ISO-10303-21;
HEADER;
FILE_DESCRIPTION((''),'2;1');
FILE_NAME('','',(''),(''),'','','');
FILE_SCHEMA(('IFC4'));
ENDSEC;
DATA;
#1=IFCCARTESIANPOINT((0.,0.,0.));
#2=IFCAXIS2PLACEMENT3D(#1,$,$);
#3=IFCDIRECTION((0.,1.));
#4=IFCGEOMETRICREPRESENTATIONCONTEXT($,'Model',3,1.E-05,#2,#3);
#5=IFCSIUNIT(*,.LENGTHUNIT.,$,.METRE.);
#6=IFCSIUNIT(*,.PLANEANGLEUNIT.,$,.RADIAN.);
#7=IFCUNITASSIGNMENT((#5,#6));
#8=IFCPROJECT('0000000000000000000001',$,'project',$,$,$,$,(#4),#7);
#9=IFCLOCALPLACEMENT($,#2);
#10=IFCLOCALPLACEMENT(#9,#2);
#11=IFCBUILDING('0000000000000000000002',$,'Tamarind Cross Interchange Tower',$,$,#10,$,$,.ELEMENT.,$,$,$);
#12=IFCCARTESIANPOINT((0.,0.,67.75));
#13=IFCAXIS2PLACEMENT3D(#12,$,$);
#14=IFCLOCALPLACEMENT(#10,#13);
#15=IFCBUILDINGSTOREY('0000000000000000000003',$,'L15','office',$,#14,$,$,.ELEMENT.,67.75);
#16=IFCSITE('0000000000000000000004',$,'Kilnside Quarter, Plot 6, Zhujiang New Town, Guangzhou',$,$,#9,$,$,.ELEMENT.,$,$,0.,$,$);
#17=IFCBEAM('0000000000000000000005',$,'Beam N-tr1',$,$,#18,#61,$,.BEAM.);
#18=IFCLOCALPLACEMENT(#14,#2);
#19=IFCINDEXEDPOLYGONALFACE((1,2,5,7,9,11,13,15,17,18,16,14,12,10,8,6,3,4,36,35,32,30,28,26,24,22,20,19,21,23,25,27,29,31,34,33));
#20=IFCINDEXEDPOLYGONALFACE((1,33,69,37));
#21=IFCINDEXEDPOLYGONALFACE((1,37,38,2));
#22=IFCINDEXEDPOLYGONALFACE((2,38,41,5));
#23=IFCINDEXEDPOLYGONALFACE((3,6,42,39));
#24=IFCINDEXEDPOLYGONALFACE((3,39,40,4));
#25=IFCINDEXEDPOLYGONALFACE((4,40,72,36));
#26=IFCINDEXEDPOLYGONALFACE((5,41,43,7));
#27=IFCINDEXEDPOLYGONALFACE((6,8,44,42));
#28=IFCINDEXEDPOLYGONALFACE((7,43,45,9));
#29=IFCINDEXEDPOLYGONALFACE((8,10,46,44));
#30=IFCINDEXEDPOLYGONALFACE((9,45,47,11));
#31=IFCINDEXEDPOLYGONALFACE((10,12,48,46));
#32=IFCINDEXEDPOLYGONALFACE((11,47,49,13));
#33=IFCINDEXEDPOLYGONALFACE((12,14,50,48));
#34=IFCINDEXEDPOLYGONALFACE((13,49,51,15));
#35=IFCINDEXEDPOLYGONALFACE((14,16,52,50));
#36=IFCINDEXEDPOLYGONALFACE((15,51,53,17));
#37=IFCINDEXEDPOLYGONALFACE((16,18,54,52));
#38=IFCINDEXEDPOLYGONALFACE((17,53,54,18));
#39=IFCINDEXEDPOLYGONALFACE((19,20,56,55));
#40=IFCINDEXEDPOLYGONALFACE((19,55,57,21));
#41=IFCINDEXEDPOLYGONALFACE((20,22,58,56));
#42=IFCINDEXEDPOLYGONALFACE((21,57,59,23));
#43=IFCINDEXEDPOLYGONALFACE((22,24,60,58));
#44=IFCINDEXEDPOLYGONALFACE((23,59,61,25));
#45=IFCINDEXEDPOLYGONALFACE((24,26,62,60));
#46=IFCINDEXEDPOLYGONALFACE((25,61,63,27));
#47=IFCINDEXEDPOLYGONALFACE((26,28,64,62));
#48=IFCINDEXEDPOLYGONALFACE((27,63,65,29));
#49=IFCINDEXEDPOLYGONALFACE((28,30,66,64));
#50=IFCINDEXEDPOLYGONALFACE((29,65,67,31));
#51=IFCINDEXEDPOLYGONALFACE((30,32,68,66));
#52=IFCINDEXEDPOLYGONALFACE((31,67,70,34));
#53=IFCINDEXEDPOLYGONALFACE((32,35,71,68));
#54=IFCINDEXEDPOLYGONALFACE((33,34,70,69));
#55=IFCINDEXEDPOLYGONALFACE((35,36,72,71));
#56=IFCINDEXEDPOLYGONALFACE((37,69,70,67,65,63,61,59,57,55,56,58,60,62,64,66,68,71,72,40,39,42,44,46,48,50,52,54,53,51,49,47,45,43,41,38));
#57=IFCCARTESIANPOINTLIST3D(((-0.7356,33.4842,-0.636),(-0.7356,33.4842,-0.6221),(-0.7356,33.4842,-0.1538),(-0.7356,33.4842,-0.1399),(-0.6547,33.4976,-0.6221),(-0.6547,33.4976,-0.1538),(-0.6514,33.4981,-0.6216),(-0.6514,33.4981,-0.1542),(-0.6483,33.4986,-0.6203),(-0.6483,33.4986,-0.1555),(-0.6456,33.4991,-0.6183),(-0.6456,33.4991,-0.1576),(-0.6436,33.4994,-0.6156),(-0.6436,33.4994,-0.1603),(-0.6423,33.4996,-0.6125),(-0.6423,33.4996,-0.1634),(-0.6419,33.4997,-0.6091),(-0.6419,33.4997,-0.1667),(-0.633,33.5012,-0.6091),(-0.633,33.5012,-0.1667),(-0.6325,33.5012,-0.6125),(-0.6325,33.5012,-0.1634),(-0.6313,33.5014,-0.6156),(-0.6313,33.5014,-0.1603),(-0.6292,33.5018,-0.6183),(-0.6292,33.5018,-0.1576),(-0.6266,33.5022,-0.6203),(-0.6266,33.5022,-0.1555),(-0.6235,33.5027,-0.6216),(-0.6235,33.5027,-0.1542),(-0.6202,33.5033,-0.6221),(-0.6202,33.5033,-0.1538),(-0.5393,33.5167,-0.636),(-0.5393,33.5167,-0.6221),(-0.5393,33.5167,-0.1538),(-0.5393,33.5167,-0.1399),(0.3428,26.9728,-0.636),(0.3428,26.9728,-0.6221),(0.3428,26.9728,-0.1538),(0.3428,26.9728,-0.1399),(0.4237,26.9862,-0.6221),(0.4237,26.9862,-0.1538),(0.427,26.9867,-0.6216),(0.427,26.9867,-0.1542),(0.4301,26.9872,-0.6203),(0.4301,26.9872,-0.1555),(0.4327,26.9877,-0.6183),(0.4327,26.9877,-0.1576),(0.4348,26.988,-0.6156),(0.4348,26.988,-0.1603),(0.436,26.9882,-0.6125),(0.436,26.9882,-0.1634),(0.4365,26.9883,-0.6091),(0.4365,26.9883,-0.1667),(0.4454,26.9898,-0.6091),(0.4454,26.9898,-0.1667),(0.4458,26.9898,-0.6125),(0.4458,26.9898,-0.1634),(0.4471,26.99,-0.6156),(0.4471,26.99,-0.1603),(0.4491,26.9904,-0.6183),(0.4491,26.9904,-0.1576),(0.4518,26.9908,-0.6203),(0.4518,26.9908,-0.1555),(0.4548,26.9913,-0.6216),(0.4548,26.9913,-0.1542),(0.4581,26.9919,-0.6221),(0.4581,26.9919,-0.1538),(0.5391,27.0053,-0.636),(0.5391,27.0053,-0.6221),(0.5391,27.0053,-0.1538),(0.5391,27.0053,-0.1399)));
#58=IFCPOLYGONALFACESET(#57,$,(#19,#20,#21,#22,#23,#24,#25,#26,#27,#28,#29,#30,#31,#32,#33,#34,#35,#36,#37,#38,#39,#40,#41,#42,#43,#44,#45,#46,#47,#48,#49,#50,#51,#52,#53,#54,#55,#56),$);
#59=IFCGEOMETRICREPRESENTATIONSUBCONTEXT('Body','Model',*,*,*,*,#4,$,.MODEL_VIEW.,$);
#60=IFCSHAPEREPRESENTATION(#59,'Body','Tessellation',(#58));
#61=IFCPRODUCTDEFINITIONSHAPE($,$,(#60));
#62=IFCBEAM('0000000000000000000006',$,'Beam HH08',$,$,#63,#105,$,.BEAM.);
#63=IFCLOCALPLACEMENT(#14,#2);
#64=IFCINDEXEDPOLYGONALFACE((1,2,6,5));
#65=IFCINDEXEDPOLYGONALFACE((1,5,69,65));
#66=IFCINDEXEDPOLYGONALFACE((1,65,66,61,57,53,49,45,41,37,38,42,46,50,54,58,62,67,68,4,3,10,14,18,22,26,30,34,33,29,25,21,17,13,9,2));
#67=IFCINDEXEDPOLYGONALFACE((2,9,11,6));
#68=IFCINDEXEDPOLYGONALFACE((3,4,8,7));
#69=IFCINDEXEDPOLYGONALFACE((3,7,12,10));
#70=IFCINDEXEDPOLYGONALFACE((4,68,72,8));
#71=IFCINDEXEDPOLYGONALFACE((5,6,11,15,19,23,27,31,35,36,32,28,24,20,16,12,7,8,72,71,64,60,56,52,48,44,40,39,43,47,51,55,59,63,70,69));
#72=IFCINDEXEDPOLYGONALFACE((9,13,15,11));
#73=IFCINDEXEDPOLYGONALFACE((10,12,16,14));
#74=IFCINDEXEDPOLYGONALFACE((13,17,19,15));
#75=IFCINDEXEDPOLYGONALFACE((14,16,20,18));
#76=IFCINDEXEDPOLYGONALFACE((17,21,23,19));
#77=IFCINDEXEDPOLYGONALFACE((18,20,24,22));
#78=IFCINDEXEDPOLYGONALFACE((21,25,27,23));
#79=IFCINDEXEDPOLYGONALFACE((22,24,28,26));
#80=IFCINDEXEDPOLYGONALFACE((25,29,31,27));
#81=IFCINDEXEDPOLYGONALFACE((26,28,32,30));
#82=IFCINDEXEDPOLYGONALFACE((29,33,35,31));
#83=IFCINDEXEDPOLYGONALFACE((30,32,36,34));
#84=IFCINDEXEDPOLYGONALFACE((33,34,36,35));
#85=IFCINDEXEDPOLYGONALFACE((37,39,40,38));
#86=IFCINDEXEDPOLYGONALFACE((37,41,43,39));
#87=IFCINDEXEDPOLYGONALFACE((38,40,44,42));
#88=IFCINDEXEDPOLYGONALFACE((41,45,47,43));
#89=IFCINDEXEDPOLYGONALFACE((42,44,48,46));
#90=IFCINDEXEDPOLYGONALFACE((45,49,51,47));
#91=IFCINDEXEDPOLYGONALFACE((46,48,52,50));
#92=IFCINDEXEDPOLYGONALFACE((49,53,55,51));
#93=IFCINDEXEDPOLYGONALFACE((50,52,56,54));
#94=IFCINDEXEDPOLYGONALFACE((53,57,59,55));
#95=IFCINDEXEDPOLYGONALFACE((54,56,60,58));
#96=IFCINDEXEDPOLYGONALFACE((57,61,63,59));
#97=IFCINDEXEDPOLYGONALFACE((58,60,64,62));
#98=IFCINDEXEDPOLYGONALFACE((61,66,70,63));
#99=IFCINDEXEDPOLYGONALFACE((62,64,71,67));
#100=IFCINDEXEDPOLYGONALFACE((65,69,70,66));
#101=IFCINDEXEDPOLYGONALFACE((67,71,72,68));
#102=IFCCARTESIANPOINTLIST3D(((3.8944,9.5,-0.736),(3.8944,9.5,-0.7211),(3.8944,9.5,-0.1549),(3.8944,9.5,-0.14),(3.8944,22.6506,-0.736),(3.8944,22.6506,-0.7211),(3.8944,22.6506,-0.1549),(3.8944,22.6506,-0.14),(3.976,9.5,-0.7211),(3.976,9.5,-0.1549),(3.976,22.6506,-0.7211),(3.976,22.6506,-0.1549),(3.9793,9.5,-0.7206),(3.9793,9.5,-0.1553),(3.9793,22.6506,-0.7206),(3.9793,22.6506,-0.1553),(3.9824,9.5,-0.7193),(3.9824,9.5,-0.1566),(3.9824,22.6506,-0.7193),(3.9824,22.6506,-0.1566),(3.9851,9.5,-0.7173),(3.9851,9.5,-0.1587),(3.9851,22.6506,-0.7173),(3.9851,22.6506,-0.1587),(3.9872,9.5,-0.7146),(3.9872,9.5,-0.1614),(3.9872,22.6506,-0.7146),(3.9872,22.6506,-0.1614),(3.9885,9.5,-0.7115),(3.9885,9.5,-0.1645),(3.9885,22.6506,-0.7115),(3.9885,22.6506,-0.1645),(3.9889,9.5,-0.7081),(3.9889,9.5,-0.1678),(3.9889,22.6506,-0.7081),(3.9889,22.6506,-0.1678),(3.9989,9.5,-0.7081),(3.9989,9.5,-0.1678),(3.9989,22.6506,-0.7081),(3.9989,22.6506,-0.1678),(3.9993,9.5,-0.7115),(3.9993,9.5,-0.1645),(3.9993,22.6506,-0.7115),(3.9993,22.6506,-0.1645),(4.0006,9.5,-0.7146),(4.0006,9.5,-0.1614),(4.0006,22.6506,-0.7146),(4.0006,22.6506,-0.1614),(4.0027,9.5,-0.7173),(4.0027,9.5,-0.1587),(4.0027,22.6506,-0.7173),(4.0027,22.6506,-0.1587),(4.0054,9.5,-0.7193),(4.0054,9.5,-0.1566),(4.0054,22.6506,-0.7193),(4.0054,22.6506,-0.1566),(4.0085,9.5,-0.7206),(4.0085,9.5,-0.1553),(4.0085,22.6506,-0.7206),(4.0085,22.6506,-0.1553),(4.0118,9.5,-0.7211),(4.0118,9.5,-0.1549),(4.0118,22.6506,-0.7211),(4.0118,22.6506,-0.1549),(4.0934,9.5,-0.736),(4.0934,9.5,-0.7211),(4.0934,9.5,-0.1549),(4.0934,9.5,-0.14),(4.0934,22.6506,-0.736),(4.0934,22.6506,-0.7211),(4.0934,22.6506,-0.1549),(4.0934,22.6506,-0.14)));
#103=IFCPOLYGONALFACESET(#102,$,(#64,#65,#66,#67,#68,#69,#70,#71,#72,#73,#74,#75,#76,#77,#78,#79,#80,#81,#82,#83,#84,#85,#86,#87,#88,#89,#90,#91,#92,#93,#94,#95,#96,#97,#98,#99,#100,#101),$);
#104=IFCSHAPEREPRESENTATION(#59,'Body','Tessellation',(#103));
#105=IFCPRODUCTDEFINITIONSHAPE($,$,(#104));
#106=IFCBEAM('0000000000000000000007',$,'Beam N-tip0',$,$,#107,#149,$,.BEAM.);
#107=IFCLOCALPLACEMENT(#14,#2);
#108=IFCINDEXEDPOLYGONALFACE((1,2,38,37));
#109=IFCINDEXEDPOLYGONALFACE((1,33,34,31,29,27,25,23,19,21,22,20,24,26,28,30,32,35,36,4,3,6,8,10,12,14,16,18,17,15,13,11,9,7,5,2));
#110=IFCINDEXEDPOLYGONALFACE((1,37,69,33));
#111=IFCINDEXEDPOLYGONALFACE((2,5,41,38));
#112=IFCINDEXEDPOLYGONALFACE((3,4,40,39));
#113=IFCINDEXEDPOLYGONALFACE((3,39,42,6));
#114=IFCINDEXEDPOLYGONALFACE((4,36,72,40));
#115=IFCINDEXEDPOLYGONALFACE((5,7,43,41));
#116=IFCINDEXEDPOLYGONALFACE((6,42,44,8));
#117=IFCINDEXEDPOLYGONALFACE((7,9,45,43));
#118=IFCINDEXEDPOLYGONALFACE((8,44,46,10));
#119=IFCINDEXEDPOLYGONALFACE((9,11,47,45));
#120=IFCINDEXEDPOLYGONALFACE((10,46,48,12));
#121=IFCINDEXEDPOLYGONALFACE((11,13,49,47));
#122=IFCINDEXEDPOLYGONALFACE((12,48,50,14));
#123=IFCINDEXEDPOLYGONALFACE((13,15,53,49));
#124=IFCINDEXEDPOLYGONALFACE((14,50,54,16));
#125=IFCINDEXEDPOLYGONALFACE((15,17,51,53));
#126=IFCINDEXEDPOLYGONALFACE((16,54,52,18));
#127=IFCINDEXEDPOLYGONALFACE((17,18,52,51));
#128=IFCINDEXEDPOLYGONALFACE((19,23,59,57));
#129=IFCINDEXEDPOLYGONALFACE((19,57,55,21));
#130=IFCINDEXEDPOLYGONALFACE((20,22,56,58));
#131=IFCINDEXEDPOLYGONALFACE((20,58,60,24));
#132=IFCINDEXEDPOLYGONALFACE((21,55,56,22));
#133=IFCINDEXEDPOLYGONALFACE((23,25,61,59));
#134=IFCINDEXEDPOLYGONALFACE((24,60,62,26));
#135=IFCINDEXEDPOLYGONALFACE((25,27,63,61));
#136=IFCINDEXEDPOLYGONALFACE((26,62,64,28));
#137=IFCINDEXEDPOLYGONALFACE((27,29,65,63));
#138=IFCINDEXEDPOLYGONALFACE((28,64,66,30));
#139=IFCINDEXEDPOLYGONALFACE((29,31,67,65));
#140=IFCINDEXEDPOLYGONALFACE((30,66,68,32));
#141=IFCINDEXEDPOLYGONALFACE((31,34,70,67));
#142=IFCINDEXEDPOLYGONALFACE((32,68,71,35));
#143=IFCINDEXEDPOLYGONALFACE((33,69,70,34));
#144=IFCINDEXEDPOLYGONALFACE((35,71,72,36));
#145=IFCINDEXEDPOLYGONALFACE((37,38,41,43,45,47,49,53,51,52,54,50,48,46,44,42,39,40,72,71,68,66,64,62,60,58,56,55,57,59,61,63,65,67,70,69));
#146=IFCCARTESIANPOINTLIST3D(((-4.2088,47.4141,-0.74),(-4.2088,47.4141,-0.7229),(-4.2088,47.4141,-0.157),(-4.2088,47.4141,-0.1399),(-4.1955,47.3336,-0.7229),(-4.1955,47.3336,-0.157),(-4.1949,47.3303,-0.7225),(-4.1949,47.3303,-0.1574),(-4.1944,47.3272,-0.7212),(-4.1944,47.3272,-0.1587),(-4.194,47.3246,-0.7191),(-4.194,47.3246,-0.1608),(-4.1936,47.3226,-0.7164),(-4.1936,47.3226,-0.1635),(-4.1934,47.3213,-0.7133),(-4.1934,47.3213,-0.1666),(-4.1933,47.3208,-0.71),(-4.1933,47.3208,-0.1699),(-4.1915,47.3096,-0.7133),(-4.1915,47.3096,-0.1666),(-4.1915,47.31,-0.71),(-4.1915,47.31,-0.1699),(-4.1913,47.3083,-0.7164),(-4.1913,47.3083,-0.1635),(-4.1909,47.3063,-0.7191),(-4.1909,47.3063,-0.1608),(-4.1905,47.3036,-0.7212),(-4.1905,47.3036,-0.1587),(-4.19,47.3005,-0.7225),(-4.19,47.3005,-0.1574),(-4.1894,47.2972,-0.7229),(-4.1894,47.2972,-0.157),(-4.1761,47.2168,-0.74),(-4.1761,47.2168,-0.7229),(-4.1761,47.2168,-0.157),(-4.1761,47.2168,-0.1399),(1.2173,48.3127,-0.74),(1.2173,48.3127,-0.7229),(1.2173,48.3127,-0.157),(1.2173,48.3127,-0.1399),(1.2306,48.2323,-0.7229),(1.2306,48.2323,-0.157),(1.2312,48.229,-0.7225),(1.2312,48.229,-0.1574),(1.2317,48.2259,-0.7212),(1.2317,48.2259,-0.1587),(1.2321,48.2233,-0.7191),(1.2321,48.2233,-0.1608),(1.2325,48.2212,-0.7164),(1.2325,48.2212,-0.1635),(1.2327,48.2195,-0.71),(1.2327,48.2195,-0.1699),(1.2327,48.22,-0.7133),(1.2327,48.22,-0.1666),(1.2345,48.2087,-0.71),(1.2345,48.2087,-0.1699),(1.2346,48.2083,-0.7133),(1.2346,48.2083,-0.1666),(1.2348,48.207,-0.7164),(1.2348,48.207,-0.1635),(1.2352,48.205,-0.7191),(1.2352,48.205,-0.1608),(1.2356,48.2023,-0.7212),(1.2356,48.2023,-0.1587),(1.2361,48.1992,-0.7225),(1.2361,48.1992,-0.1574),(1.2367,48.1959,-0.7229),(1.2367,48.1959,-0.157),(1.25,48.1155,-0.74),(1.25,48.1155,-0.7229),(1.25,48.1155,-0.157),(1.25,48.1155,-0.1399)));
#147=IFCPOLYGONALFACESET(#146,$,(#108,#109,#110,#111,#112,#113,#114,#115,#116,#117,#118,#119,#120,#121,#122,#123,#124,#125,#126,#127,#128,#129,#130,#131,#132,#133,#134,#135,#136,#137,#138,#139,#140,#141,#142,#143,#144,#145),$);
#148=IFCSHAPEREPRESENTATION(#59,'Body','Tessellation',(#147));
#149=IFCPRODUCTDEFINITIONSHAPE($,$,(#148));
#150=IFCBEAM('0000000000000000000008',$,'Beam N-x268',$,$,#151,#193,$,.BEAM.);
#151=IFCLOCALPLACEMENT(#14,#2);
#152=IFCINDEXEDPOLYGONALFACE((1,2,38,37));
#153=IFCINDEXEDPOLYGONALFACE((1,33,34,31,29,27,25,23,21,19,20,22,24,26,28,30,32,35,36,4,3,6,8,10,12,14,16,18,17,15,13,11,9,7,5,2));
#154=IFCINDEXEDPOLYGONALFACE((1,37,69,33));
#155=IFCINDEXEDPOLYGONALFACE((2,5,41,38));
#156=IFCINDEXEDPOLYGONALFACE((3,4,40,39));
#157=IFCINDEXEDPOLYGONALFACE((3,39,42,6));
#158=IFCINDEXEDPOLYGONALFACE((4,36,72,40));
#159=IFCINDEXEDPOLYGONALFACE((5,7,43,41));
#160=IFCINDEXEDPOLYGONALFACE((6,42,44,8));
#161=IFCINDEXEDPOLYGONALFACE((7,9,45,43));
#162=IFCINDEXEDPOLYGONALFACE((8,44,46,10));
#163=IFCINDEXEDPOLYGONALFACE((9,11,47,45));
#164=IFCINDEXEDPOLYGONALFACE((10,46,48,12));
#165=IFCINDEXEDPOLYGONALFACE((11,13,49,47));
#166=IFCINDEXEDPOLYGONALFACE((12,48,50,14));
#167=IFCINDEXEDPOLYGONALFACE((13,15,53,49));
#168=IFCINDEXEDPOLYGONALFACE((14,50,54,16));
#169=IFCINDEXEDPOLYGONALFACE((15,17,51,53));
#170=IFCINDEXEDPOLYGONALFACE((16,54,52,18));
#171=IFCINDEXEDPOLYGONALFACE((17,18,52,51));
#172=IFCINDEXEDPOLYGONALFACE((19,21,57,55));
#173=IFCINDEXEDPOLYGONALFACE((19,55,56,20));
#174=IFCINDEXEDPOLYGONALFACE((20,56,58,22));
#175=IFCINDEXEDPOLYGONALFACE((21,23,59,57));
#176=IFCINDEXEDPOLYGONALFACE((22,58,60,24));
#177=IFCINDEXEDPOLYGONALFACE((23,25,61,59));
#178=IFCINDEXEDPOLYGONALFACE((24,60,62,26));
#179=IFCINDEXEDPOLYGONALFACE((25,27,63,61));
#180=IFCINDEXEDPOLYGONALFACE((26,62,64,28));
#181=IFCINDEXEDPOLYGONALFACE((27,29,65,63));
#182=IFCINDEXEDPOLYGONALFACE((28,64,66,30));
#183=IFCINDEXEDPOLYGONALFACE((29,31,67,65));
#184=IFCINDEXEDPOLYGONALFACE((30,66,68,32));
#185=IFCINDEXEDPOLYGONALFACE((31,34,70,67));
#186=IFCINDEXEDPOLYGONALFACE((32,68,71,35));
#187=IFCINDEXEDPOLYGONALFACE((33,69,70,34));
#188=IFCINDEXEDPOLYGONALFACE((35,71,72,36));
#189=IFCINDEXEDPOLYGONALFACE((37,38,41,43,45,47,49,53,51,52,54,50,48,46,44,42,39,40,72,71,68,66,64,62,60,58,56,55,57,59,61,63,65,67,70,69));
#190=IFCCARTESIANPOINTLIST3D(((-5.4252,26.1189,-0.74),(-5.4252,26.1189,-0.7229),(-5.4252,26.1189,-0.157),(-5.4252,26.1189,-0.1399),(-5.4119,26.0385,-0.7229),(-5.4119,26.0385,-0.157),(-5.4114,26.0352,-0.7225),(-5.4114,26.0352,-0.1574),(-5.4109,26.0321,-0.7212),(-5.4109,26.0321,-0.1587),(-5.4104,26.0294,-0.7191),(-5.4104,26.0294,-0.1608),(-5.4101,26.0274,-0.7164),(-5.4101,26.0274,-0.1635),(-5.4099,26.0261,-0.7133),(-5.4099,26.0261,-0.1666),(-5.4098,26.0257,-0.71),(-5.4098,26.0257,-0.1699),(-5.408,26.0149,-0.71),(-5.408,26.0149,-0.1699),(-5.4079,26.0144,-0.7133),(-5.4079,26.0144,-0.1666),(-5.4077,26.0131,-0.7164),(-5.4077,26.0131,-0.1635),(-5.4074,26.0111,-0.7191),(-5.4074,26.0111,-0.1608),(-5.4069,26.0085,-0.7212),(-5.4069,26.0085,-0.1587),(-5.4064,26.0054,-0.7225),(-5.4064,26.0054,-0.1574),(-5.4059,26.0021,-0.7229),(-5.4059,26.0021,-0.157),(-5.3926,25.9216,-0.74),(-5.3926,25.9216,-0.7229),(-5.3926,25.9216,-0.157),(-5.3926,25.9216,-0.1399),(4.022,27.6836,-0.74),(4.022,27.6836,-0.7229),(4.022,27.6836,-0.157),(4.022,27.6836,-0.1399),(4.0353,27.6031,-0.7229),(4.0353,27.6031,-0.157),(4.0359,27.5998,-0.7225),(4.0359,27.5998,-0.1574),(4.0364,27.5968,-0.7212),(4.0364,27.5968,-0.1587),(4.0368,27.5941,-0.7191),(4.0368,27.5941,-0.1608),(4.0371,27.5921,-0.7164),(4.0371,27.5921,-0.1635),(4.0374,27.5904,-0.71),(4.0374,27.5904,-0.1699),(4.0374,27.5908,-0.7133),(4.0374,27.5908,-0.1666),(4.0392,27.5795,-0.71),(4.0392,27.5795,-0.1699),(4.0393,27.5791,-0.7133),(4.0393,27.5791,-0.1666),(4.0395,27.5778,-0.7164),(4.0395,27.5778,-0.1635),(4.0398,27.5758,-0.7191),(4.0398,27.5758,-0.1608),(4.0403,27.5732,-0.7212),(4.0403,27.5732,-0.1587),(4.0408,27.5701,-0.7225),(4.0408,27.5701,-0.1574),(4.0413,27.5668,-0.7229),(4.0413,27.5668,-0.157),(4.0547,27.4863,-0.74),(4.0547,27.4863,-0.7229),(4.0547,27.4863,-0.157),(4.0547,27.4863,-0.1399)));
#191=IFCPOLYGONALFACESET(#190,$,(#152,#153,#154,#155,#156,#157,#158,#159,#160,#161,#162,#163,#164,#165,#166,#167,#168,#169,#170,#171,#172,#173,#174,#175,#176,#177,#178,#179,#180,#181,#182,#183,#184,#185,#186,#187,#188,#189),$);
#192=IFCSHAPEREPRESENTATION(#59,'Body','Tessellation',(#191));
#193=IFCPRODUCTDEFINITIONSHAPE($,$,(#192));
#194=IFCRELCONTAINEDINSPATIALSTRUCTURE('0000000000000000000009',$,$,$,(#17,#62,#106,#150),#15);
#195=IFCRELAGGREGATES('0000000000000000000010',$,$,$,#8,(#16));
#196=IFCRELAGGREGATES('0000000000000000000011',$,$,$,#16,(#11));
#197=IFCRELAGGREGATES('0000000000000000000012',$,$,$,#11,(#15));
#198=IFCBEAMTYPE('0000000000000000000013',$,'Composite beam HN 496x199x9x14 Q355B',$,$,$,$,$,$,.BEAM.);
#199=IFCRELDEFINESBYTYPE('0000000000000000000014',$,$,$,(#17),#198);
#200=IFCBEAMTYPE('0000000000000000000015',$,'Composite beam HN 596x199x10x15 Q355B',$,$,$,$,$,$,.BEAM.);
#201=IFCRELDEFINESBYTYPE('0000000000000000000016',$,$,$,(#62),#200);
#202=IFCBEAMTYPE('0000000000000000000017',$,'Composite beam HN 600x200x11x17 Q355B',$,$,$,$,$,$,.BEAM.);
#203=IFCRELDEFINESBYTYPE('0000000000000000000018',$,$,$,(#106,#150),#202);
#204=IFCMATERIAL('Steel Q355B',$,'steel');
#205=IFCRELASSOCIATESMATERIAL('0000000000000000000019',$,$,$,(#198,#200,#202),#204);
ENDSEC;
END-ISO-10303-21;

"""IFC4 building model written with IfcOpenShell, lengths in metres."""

from ifc_helpers import new_model, si_unit, direction, frame, origin, origin_2d, place, context, subcontext, project, spatial, i_section, extrude, material, material_profile, profile_set, type_object, element, save


model = new_model("IFC4")

# Units and contexts
model_context = context("Model", 3, precision=1e-05, world=origin(), true_north=direction((0.0, 1.0)))
body_context = subcontext(model_context, "Body", "Model", "MODEL_VIEW")
ifc_project = project(units=[si_unit("LENGTHUNIT", "METRE"), si_unit("PLANEANGLEUNIT", "RADIAN")], contexts=[model_context])

# Site, building, storey
site_placement = place(None, origin())
site = spatial("IfcSite", under=ifc_project, at=site_placement, Name="Kilnside Quarter, Plot 6, Zhujiang New Town, Guangzhou", CompositionType="ELEMENT", RefElevation=0.0)
building_placement = place(site_placement, origin())
building = spatial("IfcBuilding", under=site, at=building_placement, Name="Tamarind Cross Interchange Tower", CompositionType="ELEMENT")
storey_placement = place(building_placement, frame((0.0, 0.0, 67.75)))
storey = spatial("IfcBuildingStorey", under=building, at=storey_placement, Name="L15", Description="office", CompositionType="ELEMENT", Elevation=67.75)

# Beams
ifc_material_1 = material(Name="Steel Q355B", Category="steel")
ifc_material_profile_1 = material_profile(ifc_material_1, i_section(OverallWidth=0.199, OverallDepth=0.4961, WebThickness=0.009, FlangeThickness=0.0139, FilletRadius=0.0129, at=origin_2d()), Name="HN 496x199x9x14")
ifc_profile_set_1 = profile_set([ifc_material_profile_1], Name="Steel Q355B")
beam_type_1 = type_object("IfcBeamType", Name="Composite beam HN 496x199x9x14 Q355B", PredefinedType="BEAM", material=ifc_profile_set_1)
beam_1_placement = place(storey_placement, frame((0.4409, 26.989, -0.3879), z_axis=(-0.163385, 0.986562, 0.0), x_axis=(-0.986562, -0.163385, 0.0)))
element("IfcBeam", 1, at=beam_1_placement, inside=storey, type_object=beam_type_1, Name="Beam N-tr1", PredefinedType="BEAM", context=body_context, shape_type="SweptSolid", body=[
    extrude(i_section(OverallWidth=0.199, OverallDepth=0.4961, WebThickness=0.009, FlangeThickness=0.0139, FilletRadius=0.0129, at=origin_2d()), origin(), (0.0, 0.0, 1.0), 6.6001),
])
ifc_material_profile_2 = material_profile(ifc_material_1, i_section(OverallWidth=0.199, OverallDepth=0.5959, WebThickness=0.01, FlangeThickness=0.0149, FilletRadius=0.0129, at=origin_2d()), Name="HN 596x199x10x15")
ifc_profile_set_2 = profile_set([ifc_material_profile_2], Name="Steel Q355B")
beam_type_2 = type_object("IfcBeamType", Name="Composite beam HN 596x199x10x15 Q355B", PredefinedType="BEAM", material=ifc_profile_set_2)
beam_2_placement = place(storey_placement, frame((3.9939, 22.6506, -0.438), z_axis=(0.0, -1.0, 0.0), x_axis=(1.0, 0.0, 0.0)))
element("IfcBeam", 2, at=beam_2_placement, inside=storey, type_object=beam_type_2, Name="Beam HH08", PredefinedType="BEAM", context=body_context, shape_type="SweptSolid", body=[
    extrude(i_section(OverallWidth=0.199, OverallDepth=0.5959, WebThickness=0.01, FlangeThickness=0.0149, FilletRadius=0.0129, at=origin_2d()), origin(), (0.0, 0.0, 1.0), 13.1506),
])
ifc_material_profile_3 = material_profile(ifc_material_1, i_section(OverallWidth=0.2, OverallDepth=0.6001, WebThickness=0.011, FlangeThickness=0.0171, FilletRadius=0.0129, at=origin_2d()), Name="HN 600x200x11x17")
ifc_profile_set_3 = profile_set([ifc_material_profile_3], Name="Steel Q355B")
beam_type_3 = type_object("IfcBeamType", Name="Composite beam HN 600x200x11x17 Q355B", PredefinedType="BEAM", material=ifc_profile_set_3)
beam_3_placement = place(storey_placement, frame((1.2336, 48.2141, -0.4399), z_axis=(-0.98656, -0.163398, 0.0), x_axis=(0.163398, -0.98656, 0.0)))
element("IfcBeam", 3, at=beam_3_placement, inside=storey, type_object=beam_type_3, Name="Beam N-tip0", PredefinedType="BEAM", context=body_context, shape_type="SweptSolid", body=[
    extrude(i_section(OverallWidth=0.2, OverallDepth=0.6001, WebThickness=0.011, FlangeThickness=0.0171, FilletRadius=0.0129, at=origin_2d()), origin(), (0.0, 0.0, 1.0), 5.5),
])
beam_4_placement = place(storey_placement, frame((4.0383, 27.585, -0.4399), z_axis=(-0.98656, -0.163398, 0.0), x_axis=(0.163398, -0.98656, 0.0)))
element("IfcBeam", 4, at=beam_4_placement, inside=storey, type_object=beam_type_3, Name="Beam N-x268", PredefinedType="BEAM", context=body_context, shape_type="SweptSolid", body=[
    extrude(i_section(OverallWidth=0.2, OverallDepth=0.6001, WebThickness=0.011, FlangeThickness=0.0171, FilletRadius=0.0129, at=origin_2d()), origin(), (0.0, 0.0, 1.0), 9.5759),
])

save(model, "model.ifc")
